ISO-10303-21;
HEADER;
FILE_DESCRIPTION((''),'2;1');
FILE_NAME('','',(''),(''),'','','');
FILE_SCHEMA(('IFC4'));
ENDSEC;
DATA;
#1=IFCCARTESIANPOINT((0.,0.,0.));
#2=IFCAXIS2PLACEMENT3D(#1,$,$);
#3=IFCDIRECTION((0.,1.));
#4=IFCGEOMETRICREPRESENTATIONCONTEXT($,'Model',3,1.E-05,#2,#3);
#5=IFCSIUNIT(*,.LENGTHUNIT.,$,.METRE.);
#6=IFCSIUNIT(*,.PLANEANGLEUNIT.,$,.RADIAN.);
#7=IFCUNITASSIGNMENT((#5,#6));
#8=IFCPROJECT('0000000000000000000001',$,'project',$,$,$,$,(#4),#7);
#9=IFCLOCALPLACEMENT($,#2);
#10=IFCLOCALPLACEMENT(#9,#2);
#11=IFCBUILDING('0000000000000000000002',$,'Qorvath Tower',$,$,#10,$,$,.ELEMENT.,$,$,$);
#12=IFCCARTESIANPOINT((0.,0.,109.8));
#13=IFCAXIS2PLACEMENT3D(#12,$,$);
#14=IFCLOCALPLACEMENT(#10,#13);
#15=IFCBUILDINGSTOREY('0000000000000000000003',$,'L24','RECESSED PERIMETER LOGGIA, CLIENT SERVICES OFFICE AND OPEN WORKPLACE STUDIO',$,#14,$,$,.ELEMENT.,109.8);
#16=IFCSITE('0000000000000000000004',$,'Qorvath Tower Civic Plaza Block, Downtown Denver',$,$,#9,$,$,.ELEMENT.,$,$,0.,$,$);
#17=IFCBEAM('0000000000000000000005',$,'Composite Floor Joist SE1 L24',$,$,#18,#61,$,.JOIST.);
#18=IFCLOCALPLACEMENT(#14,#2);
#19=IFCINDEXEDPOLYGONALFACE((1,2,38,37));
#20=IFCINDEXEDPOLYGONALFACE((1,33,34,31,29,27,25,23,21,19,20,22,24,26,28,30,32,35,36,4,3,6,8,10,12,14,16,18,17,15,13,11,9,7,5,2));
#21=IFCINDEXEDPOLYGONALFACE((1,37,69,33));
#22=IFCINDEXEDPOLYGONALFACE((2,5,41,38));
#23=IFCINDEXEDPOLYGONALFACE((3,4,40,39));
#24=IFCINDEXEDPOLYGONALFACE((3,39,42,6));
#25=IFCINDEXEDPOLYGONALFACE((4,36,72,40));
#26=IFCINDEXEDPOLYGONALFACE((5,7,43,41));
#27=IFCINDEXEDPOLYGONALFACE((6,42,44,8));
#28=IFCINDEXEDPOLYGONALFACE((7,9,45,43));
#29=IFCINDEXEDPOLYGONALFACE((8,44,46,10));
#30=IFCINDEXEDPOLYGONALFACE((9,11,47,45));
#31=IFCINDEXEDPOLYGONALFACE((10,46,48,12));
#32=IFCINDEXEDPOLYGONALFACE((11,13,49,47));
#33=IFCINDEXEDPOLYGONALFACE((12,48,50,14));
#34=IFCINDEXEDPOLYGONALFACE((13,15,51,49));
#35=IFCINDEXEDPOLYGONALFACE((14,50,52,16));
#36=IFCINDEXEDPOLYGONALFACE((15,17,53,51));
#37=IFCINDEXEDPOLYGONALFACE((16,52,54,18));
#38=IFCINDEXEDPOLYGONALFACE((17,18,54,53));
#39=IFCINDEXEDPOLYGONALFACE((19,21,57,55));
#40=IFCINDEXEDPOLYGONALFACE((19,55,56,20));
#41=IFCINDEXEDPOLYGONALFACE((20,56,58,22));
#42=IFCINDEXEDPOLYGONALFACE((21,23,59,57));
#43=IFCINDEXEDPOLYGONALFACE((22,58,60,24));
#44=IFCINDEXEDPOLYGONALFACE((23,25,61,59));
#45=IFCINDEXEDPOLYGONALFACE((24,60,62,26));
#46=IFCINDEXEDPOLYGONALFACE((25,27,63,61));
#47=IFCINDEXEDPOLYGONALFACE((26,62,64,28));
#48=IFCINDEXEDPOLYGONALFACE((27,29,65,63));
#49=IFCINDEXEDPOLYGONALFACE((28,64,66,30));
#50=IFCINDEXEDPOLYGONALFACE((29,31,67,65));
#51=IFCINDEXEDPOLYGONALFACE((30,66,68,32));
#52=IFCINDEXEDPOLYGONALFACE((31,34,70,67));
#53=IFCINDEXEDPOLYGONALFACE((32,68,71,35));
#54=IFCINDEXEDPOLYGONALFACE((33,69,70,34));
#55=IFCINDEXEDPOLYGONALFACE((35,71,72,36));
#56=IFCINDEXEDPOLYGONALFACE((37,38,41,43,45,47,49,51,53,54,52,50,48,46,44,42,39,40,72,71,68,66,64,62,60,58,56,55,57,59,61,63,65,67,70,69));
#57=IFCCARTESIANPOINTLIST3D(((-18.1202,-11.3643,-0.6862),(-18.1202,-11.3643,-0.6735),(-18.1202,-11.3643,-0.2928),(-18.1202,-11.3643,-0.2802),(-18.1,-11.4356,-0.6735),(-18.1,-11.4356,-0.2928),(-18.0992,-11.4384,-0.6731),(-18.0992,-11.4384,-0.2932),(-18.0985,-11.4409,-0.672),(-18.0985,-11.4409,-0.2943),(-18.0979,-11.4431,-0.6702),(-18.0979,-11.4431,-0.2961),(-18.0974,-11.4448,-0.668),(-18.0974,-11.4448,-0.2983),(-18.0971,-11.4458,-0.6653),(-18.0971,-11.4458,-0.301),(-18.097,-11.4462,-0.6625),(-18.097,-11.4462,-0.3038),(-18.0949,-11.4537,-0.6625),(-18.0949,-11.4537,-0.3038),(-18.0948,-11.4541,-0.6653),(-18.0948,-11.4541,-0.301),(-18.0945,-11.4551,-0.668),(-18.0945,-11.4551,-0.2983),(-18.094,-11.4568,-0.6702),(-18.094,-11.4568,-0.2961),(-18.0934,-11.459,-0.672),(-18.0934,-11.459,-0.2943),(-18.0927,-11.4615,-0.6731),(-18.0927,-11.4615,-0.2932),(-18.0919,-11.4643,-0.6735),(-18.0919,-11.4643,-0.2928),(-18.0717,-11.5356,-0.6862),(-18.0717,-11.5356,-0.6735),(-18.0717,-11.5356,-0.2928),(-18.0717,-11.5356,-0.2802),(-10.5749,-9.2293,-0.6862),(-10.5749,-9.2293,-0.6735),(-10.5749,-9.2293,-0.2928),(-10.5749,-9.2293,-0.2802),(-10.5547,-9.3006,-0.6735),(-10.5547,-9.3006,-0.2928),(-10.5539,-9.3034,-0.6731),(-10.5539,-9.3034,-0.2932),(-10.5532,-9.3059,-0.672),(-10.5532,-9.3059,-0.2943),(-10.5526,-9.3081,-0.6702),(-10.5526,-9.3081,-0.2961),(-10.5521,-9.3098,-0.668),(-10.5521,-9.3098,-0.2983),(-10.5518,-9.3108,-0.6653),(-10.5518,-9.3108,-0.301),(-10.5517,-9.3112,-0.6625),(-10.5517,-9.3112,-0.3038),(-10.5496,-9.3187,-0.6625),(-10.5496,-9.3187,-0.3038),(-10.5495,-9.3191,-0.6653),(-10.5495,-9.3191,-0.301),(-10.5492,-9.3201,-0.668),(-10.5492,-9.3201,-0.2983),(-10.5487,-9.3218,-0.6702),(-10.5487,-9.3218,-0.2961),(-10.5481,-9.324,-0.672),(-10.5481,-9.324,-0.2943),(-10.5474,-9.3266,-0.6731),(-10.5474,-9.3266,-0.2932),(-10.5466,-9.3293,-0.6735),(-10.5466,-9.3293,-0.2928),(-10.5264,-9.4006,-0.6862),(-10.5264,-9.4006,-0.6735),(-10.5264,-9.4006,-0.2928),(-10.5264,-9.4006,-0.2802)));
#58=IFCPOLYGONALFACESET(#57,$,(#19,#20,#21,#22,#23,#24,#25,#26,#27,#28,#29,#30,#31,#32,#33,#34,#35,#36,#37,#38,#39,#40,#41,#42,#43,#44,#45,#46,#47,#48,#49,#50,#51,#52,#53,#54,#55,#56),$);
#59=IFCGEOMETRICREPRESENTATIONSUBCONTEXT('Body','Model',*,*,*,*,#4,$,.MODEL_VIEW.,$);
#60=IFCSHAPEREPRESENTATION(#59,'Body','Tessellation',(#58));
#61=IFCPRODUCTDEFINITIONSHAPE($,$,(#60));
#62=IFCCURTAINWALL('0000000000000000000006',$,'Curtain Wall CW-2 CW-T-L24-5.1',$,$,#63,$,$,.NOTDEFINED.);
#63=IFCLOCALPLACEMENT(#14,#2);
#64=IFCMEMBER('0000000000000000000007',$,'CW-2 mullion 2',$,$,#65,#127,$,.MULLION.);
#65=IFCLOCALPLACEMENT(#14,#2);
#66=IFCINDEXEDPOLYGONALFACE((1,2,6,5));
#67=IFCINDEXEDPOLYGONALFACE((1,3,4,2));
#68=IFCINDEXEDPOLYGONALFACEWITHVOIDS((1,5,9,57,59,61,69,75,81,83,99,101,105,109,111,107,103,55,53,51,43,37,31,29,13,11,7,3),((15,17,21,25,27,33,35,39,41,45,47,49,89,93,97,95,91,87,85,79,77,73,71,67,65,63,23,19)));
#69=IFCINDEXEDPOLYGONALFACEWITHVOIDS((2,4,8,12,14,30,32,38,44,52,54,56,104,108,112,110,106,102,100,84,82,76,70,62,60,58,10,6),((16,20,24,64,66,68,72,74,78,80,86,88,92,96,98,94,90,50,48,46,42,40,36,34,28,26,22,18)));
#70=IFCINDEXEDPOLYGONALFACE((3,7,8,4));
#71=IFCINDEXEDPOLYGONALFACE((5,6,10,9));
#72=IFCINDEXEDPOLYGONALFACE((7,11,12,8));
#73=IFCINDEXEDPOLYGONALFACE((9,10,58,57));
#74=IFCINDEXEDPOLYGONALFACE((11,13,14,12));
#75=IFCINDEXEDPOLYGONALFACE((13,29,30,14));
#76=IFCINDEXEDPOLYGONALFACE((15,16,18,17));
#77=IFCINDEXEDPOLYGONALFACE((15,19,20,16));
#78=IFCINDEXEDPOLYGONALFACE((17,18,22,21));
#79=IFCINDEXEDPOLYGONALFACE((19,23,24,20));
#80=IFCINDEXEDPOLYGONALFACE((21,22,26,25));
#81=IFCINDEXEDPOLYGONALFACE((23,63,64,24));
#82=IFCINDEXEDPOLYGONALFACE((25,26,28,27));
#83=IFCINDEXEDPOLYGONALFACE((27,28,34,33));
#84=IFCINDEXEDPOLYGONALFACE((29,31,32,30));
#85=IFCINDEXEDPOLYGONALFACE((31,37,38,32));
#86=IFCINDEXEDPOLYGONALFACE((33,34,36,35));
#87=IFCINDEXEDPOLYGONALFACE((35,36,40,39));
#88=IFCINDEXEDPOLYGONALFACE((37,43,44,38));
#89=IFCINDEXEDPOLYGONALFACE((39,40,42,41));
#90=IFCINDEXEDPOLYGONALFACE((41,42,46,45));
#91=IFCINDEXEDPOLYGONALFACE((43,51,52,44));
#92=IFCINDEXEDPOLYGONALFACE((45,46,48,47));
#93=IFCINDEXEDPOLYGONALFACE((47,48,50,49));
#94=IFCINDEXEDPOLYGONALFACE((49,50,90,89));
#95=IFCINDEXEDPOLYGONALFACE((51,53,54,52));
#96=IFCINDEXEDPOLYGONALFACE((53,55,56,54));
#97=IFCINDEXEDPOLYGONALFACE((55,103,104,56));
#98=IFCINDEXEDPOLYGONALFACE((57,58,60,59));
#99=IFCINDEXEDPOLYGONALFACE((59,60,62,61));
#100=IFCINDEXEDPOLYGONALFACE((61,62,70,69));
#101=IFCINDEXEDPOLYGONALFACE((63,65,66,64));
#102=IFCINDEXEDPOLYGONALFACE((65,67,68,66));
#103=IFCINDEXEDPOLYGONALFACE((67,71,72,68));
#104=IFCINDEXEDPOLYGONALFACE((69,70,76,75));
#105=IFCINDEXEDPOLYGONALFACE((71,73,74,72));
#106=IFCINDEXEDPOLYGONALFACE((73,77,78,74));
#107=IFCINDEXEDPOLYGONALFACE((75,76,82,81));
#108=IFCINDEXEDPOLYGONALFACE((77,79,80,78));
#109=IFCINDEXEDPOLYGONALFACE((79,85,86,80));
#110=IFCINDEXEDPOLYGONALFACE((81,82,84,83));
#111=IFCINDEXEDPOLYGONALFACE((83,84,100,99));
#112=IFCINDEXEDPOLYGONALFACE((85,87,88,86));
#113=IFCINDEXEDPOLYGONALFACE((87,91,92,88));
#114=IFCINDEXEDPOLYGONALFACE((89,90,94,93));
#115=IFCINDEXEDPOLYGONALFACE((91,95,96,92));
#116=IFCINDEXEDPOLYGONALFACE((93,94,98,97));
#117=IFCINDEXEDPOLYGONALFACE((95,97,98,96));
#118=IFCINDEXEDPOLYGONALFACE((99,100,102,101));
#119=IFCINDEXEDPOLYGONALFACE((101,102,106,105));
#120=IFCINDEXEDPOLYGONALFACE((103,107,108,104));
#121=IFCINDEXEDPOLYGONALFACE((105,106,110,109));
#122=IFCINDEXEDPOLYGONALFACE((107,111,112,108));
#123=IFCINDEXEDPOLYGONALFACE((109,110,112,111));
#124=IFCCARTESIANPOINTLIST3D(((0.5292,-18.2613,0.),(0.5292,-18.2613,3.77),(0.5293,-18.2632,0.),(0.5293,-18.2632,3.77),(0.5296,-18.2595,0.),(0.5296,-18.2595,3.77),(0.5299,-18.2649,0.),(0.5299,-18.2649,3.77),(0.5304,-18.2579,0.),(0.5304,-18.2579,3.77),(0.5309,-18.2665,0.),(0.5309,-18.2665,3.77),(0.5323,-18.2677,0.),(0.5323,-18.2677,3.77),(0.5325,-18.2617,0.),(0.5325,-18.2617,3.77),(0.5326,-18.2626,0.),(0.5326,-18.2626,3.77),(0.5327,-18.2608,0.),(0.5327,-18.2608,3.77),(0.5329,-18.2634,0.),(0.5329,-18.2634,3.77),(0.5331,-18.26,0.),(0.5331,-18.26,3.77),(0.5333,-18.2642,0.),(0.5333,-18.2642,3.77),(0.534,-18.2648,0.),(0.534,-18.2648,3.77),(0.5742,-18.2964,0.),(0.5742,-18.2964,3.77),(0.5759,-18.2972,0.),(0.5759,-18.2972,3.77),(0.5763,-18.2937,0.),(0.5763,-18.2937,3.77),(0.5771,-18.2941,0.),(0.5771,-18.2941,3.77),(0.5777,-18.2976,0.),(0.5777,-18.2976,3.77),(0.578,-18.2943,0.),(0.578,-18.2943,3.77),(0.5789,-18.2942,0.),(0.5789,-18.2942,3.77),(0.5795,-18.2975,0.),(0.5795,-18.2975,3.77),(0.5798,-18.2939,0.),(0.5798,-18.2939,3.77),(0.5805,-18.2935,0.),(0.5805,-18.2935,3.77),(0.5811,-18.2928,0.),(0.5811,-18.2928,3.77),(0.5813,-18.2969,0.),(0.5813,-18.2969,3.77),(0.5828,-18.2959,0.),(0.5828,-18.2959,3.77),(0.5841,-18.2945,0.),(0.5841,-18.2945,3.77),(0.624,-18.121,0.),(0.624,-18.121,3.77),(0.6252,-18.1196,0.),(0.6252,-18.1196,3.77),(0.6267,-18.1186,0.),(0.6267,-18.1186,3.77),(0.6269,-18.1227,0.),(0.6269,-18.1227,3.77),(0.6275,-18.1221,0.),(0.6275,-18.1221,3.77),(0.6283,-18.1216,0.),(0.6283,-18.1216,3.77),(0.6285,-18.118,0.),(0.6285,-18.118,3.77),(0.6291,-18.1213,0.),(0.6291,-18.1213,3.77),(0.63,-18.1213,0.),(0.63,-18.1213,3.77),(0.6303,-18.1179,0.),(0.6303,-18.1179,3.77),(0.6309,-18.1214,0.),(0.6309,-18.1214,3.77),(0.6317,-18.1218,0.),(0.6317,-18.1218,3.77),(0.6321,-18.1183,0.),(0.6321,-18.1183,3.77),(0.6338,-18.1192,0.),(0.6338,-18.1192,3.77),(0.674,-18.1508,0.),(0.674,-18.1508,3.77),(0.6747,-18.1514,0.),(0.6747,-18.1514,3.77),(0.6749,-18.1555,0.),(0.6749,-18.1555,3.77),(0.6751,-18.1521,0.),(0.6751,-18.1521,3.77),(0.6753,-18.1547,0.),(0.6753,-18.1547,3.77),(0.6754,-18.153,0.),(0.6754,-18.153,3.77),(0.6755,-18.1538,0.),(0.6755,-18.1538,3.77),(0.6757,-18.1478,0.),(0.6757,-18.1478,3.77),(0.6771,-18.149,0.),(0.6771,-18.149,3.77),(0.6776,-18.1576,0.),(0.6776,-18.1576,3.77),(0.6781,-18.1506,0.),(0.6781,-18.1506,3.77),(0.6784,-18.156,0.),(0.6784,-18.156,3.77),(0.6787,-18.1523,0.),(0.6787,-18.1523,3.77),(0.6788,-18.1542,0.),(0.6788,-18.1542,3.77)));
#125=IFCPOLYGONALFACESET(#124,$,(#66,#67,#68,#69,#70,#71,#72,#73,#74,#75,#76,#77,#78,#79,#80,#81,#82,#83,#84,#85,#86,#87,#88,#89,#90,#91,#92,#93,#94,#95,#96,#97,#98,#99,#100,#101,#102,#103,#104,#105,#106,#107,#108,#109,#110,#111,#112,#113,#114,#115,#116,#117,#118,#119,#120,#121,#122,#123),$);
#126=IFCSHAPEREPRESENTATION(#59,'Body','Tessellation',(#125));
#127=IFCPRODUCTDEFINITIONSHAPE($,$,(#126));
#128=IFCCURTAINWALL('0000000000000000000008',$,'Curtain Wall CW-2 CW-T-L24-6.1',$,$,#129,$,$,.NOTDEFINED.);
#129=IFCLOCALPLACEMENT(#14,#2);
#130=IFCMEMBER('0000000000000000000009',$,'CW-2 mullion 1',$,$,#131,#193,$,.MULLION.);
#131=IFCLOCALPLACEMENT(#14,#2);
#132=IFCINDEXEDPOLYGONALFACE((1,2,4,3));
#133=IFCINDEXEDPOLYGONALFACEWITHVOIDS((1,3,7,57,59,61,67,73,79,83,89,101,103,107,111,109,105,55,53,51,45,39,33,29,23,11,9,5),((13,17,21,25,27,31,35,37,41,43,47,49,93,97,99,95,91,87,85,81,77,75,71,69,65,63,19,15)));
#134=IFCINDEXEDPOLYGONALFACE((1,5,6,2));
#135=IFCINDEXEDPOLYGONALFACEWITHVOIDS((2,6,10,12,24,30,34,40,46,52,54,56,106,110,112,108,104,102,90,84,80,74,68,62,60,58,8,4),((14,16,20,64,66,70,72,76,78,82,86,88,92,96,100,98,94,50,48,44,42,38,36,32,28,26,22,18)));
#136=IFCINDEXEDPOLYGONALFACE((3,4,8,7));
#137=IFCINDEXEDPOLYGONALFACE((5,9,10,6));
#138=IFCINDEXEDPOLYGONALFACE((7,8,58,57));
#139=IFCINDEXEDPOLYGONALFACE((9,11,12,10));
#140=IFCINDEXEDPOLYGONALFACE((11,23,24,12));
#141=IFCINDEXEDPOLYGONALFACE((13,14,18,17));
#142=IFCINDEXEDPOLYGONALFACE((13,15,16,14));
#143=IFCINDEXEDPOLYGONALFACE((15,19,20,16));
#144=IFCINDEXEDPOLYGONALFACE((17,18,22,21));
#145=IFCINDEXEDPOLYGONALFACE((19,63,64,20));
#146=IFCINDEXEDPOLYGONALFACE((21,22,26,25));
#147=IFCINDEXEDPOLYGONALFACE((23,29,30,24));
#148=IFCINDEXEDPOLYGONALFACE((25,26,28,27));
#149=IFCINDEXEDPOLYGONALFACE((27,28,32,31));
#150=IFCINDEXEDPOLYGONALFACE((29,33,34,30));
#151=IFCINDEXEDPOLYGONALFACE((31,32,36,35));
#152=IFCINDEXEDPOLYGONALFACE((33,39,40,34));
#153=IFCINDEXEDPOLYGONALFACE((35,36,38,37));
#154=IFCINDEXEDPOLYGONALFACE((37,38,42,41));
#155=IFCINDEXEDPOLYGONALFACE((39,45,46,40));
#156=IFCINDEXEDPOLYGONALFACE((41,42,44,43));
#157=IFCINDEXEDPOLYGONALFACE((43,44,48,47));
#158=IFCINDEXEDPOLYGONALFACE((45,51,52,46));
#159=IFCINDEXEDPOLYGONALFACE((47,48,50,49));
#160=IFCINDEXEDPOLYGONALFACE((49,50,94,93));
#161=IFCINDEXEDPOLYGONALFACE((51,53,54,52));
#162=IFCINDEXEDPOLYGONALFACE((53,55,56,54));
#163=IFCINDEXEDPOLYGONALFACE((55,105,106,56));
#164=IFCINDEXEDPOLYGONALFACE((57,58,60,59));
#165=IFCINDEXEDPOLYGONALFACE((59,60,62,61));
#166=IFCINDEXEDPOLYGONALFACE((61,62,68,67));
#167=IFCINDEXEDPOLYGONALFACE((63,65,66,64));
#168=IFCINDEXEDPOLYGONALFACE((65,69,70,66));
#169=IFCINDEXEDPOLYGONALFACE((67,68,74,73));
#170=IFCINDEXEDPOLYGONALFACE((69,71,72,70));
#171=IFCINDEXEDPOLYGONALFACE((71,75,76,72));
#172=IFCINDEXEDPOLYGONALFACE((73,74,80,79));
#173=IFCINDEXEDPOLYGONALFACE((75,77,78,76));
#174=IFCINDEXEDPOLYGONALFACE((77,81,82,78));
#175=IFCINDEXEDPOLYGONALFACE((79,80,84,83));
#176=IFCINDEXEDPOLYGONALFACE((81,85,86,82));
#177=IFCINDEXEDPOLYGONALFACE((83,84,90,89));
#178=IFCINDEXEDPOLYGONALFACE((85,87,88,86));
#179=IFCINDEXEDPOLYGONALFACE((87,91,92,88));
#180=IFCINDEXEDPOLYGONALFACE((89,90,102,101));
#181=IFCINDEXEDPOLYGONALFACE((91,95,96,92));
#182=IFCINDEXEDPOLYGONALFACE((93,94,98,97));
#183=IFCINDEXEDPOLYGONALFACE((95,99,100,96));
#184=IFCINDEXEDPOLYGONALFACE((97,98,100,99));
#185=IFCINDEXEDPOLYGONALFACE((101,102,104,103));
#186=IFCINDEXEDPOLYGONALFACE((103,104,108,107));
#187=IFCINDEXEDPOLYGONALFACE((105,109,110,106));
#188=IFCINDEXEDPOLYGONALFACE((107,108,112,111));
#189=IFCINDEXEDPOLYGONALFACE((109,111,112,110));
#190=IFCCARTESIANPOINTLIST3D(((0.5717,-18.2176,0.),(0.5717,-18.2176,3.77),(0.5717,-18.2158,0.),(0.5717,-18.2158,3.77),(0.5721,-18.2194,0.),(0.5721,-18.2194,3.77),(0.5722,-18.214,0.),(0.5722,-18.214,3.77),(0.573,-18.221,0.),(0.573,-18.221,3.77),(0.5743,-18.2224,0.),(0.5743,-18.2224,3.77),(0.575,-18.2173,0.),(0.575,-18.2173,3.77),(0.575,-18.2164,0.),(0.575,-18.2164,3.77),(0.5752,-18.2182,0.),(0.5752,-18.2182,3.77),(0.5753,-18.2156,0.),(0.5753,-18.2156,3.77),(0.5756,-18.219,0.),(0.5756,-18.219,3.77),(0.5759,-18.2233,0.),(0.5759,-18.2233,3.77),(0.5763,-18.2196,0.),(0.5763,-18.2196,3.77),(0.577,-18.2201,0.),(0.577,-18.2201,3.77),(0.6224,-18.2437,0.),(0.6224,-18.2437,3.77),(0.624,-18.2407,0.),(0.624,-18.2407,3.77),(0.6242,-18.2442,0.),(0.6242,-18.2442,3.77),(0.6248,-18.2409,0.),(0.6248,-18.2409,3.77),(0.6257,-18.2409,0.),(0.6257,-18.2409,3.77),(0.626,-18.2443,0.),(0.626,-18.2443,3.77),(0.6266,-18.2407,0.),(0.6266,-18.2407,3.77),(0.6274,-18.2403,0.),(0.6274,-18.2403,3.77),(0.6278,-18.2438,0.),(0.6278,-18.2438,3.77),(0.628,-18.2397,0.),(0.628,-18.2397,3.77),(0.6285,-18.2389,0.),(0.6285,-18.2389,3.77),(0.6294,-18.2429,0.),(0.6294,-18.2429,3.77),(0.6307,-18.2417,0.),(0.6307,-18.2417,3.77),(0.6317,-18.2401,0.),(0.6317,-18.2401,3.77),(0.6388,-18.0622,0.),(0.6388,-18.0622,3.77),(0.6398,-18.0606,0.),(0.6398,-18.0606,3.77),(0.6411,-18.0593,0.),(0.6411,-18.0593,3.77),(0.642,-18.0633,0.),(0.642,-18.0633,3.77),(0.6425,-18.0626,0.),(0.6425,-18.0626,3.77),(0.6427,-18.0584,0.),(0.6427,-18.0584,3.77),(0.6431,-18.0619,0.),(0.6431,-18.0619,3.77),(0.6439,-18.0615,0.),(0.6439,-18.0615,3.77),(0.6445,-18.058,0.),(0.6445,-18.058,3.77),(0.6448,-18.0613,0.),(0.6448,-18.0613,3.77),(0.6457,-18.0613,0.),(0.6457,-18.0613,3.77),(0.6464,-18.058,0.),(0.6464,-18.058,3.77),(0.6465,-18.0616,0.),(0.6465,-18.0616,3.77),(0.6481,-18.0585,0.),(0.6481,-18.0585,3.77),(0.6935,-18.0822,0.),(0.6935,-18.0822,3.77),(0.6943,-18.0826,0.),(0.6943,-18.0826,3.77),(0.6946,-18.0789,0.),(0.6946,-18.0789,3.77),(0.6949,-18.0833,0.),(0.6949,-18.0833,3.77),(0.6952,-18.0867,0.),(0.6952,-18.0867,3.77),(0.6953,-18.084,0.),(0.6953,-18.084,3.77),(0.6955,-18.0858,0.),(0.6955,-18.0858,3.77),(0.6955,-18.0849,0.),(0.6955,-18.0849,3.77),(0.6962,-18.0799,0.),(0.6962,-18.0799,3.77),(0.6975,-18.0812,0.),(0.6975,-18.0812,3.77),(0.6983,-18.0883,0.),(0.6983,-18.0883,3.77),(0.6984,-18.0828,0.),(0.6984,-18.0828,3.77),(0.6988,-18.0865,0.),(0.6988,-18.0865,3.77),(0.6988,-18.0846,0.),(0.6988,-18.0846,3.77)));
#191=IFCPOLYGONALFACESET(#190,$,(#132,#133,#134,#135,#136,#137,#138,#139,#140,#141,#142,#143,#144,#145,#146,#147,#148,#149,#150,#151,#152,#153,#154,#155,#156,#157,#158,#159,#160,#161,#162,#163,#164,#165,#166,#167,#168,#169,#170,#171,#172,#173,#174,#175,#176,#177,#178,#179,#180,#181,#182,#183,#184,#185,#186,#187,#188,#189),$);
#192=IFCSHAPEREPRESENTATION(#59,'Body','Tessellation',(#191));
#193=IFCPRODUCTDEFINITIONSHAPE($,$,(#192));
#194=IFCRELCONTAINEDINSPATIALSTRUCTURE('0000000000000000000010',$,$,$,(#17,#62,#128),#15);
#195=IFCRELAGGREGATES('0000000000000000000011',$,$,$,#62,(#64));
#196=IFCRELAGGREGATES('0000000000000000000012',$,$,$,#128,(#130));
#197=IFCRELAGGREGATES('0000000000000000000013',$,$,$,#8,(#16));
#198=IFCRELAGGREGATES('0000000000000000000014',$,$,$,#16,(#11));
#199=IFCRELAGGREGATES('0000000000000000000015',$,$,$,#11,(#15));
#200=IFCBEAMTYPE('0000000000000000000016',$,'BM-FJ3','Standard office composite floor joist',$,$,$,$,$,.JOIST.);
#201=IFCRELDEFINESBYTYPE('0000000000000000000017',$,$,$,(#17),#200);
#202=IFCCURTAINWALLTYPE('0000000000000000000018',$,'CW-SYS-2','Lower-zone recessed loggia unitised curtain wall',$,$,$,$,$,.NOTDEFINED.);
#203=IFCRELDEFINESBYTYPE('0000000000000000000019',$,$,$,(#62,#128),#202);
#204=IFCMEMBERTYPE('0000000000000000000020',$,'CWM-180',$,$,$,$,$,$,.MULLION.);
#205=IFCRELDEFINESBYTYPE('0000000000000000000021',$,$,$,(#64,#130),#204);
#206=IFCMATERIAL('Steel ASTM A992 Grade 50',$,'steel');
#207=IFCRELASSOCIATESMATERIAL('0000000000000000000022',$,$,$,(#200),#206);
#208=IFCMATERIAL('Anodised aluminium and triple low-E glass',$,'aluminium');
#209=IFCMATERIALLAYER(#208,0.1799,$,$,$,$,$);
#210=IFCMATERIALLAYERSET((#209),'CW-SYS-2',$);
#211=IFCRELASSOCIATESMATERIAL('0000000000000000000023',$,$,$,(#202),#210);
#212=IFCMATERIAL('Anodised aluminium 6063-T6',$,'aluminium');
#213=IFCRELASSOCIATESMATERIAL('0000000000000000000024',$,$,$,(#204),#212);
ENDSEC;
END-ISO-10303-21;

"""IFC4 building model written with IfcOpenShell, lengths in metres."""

from ifc_helpers import new_model, si_unit, direction, frame, origin, origin_2d, place, context, subcontext, project, spatial, hollow_rectangle, i_section, extrude, material, layer, layer_set, material_profile, profile_set, type_object, element, aggregate, save


model = new_model("IFC4")

# Units and contexts
model_context = context("Model", 3, precision=1e-05, world=origin(), true_north=direction((0.0, 1.0)))
body_context = subcontext(model_context, "Body", "Model", "MODEL_VIEW")
ifc_project = project(units=[si_unit("LENGTHUNIT", "METRE"), si_unit("PLANEANGLEUNIT", "RADIAN")], contexts=[model_context])

# Site, building, storey
site_placement = place(None, origin())
site = spatial("IfcSite", under=ifc_project, at=site_placement, Name="Qorvath Tower Civic Plaza Block, Downtown Denver", CompositionType="ELEMENT", RefElevation=0.0)
building_placement = place(site_placement, origin())
building = spatial("IfcBuilding", under=site, at=building_placement, Name="Qorvath Tower", CompositionType="ELEMENT")
storey_placement = place(building_placement, frame((0.0, 0.0, 109.8)))
storey = spatial("IfcBuildingStorey", under=building, at=storey_placement, Name="L24", Description="RECESSED PERIMETER LOGGIA, CLIENT SERVICES OFFICE AND OPEN WORKPLACE STUDIO", CompositionType="ELEMENT", Elevation=109.8)

# Beam
ifc_material_1 = material(Name="Steel ASTM A992 Grade 50", Category="steel")
ifc_material_profile_1 = material_profile(ifc_material_1, i_section(OverallWidth=0.178, OverallDepth=0.406, WebThickness=0.0078, FlangeThickness=0.0127, FilletRadius=0.011, at=origin_2d()), Name="W16x40")
ifc_profile_set_1 = profile_set([ifc_material_profile_1], Name="Steel ASTM A992 Grade 50")
beam_type_1 = type_object("IfcBeamType", Name="BM-FJ3", Description="Standard office composite floor joist", PredefinedType="JOIST", material=ifc_profile_set_1)
beam_1_placement = place(storey_placement, frame((-18.0959, -11.45, -0.4832), z_axis=(0.962222, 0.272265, 0.0), x_axis=(-0.272265, 0.962222, 0.0)))
element("IfcBeam", 1, at=beam_1_placement, inside=storey, type_object=beam_type_1, Name="Composite Floor Joist SE1 L24", PredefinedType="JOIST", context=body_context, shape_type="SweptSolid", body=[
    extrude(i_section(OverallWidth=0.178, OverallDepth=0.406, WebThickness=0.0078, FlangeThickness=0.0127, FilletRadius=0.011, at=origin_2d()), origin(), (0.0, 0.0, 1.0), 7.8416),
])

# Curtain wall, member
ifc_material_2 = material(Name="Anodised aluminium and triple low-E glass", Category="aluminium")
ifc_layer_1 = layer(ifc_material_2, 0.1799)
ifc_layer_set_1 = layer_set([ifc_layer_1], Name="CW-SYS-2")
curtain_wall_type = type_object("IfcCurtainWallType", Name="CW-SYS-2", Description="Lower-zone recessed loggia unitised curtain wall", PredefinedType="NOTDEFINED", material=ifc_layer_set_1)
curtain_wall_1_placement = place(storey_placement, origin())
curtain_wall_1 = element("IfcCurtainWall", 2, at=curtain_wall_1_placement, inside=storey, type_object=curtain_wall_type, Name="Curtain Wall CW-2 CW-T-L24-5.1", PredefinedType="NOTDEFINED")
ifc_material_3 = material(Name="Anodised aluminium 6063-T6", Category="aluminium")
ifc_material_profile_2 = material_profile(ifc_material_3, hollow_rectangle(XDim=0.0649, YDim=0.1799, WallThickness=0.0034, InnerFilletRadius=0.0034, OuterFilletRadius=0.0071, at=origin_2d()), Name="CWM 180x65")
ifc_profile_set_2 = profile_set([ifc_material_profile_2], Name="Anodised aluminium 6063-T6")
member_type_1 = type_object("IfcMemberType", Name="CWM-180", PredefinedType="MULLION", material=ifc_profile_set_2)
member_1_placement = place(storey_placement, frame((0.604, -18.2078, 0.0), z_axis=(0.0, 0.0, 1.0), x_axis=(-0.825695, 0.564117, 0.0)))
member_1 = element("IfcMember", 3, at=member_1_placement, type_object=member_type_1, Name="CW-2 mullion 2", PredefinedType="MULLION", context=body_context, shape_type="SweptSolid", body=[
    extrude(hollow_rectangle(XDim=0.0649, YDim=0.1799, WallThickness=0.0034, InnerFilletRadius=0.0034, OuterFilletRadius=0.0071, at=origin_2d()), origin(), (0.0, 0.0, 1.0), 3.77),
])
aggregate(curtain_wall_1, [member_1])

# Curtain wall, member
curtain_wall_2_placement = place(storey_placement, origin())
curtain_wall_2 = element("IfcCurtainWall", 4, at=curtain_wall_2_placement, inside=storey, type_object=curtain_wall_type, Name="Curtain Wall CW-2 CW-T-L24-6.1", PredefinedType="NOTDEFINED")
member_2_placement = place(storey_placement, frame((0.6353, -18.1511, 0.0), z_axis=(0.0, 0.0, 1.0), x_axis=(-0.915821, 0.401586, 0.0)))
member_2 = element("IfcMember", 5, at=member_2_placement, type_object=member_type_1, Name="CW-2 mullion 1", PredefinedType="MULLION", context=body_context, shape_type="SweptSolid", body=[
    extrude(hollow_rectangle(XDim=0.0649, YDim=0.1799, WallThickness=0.0034, InnerFilletRadius=0.0034, OuterFilletRadius=0.0071, at=origin_2d()), origin(), (0.0, 0.0, 1.0), 3.77),
])

aggregate(curtain_wall_2, [member_2])

save(model, "model.ifc")
